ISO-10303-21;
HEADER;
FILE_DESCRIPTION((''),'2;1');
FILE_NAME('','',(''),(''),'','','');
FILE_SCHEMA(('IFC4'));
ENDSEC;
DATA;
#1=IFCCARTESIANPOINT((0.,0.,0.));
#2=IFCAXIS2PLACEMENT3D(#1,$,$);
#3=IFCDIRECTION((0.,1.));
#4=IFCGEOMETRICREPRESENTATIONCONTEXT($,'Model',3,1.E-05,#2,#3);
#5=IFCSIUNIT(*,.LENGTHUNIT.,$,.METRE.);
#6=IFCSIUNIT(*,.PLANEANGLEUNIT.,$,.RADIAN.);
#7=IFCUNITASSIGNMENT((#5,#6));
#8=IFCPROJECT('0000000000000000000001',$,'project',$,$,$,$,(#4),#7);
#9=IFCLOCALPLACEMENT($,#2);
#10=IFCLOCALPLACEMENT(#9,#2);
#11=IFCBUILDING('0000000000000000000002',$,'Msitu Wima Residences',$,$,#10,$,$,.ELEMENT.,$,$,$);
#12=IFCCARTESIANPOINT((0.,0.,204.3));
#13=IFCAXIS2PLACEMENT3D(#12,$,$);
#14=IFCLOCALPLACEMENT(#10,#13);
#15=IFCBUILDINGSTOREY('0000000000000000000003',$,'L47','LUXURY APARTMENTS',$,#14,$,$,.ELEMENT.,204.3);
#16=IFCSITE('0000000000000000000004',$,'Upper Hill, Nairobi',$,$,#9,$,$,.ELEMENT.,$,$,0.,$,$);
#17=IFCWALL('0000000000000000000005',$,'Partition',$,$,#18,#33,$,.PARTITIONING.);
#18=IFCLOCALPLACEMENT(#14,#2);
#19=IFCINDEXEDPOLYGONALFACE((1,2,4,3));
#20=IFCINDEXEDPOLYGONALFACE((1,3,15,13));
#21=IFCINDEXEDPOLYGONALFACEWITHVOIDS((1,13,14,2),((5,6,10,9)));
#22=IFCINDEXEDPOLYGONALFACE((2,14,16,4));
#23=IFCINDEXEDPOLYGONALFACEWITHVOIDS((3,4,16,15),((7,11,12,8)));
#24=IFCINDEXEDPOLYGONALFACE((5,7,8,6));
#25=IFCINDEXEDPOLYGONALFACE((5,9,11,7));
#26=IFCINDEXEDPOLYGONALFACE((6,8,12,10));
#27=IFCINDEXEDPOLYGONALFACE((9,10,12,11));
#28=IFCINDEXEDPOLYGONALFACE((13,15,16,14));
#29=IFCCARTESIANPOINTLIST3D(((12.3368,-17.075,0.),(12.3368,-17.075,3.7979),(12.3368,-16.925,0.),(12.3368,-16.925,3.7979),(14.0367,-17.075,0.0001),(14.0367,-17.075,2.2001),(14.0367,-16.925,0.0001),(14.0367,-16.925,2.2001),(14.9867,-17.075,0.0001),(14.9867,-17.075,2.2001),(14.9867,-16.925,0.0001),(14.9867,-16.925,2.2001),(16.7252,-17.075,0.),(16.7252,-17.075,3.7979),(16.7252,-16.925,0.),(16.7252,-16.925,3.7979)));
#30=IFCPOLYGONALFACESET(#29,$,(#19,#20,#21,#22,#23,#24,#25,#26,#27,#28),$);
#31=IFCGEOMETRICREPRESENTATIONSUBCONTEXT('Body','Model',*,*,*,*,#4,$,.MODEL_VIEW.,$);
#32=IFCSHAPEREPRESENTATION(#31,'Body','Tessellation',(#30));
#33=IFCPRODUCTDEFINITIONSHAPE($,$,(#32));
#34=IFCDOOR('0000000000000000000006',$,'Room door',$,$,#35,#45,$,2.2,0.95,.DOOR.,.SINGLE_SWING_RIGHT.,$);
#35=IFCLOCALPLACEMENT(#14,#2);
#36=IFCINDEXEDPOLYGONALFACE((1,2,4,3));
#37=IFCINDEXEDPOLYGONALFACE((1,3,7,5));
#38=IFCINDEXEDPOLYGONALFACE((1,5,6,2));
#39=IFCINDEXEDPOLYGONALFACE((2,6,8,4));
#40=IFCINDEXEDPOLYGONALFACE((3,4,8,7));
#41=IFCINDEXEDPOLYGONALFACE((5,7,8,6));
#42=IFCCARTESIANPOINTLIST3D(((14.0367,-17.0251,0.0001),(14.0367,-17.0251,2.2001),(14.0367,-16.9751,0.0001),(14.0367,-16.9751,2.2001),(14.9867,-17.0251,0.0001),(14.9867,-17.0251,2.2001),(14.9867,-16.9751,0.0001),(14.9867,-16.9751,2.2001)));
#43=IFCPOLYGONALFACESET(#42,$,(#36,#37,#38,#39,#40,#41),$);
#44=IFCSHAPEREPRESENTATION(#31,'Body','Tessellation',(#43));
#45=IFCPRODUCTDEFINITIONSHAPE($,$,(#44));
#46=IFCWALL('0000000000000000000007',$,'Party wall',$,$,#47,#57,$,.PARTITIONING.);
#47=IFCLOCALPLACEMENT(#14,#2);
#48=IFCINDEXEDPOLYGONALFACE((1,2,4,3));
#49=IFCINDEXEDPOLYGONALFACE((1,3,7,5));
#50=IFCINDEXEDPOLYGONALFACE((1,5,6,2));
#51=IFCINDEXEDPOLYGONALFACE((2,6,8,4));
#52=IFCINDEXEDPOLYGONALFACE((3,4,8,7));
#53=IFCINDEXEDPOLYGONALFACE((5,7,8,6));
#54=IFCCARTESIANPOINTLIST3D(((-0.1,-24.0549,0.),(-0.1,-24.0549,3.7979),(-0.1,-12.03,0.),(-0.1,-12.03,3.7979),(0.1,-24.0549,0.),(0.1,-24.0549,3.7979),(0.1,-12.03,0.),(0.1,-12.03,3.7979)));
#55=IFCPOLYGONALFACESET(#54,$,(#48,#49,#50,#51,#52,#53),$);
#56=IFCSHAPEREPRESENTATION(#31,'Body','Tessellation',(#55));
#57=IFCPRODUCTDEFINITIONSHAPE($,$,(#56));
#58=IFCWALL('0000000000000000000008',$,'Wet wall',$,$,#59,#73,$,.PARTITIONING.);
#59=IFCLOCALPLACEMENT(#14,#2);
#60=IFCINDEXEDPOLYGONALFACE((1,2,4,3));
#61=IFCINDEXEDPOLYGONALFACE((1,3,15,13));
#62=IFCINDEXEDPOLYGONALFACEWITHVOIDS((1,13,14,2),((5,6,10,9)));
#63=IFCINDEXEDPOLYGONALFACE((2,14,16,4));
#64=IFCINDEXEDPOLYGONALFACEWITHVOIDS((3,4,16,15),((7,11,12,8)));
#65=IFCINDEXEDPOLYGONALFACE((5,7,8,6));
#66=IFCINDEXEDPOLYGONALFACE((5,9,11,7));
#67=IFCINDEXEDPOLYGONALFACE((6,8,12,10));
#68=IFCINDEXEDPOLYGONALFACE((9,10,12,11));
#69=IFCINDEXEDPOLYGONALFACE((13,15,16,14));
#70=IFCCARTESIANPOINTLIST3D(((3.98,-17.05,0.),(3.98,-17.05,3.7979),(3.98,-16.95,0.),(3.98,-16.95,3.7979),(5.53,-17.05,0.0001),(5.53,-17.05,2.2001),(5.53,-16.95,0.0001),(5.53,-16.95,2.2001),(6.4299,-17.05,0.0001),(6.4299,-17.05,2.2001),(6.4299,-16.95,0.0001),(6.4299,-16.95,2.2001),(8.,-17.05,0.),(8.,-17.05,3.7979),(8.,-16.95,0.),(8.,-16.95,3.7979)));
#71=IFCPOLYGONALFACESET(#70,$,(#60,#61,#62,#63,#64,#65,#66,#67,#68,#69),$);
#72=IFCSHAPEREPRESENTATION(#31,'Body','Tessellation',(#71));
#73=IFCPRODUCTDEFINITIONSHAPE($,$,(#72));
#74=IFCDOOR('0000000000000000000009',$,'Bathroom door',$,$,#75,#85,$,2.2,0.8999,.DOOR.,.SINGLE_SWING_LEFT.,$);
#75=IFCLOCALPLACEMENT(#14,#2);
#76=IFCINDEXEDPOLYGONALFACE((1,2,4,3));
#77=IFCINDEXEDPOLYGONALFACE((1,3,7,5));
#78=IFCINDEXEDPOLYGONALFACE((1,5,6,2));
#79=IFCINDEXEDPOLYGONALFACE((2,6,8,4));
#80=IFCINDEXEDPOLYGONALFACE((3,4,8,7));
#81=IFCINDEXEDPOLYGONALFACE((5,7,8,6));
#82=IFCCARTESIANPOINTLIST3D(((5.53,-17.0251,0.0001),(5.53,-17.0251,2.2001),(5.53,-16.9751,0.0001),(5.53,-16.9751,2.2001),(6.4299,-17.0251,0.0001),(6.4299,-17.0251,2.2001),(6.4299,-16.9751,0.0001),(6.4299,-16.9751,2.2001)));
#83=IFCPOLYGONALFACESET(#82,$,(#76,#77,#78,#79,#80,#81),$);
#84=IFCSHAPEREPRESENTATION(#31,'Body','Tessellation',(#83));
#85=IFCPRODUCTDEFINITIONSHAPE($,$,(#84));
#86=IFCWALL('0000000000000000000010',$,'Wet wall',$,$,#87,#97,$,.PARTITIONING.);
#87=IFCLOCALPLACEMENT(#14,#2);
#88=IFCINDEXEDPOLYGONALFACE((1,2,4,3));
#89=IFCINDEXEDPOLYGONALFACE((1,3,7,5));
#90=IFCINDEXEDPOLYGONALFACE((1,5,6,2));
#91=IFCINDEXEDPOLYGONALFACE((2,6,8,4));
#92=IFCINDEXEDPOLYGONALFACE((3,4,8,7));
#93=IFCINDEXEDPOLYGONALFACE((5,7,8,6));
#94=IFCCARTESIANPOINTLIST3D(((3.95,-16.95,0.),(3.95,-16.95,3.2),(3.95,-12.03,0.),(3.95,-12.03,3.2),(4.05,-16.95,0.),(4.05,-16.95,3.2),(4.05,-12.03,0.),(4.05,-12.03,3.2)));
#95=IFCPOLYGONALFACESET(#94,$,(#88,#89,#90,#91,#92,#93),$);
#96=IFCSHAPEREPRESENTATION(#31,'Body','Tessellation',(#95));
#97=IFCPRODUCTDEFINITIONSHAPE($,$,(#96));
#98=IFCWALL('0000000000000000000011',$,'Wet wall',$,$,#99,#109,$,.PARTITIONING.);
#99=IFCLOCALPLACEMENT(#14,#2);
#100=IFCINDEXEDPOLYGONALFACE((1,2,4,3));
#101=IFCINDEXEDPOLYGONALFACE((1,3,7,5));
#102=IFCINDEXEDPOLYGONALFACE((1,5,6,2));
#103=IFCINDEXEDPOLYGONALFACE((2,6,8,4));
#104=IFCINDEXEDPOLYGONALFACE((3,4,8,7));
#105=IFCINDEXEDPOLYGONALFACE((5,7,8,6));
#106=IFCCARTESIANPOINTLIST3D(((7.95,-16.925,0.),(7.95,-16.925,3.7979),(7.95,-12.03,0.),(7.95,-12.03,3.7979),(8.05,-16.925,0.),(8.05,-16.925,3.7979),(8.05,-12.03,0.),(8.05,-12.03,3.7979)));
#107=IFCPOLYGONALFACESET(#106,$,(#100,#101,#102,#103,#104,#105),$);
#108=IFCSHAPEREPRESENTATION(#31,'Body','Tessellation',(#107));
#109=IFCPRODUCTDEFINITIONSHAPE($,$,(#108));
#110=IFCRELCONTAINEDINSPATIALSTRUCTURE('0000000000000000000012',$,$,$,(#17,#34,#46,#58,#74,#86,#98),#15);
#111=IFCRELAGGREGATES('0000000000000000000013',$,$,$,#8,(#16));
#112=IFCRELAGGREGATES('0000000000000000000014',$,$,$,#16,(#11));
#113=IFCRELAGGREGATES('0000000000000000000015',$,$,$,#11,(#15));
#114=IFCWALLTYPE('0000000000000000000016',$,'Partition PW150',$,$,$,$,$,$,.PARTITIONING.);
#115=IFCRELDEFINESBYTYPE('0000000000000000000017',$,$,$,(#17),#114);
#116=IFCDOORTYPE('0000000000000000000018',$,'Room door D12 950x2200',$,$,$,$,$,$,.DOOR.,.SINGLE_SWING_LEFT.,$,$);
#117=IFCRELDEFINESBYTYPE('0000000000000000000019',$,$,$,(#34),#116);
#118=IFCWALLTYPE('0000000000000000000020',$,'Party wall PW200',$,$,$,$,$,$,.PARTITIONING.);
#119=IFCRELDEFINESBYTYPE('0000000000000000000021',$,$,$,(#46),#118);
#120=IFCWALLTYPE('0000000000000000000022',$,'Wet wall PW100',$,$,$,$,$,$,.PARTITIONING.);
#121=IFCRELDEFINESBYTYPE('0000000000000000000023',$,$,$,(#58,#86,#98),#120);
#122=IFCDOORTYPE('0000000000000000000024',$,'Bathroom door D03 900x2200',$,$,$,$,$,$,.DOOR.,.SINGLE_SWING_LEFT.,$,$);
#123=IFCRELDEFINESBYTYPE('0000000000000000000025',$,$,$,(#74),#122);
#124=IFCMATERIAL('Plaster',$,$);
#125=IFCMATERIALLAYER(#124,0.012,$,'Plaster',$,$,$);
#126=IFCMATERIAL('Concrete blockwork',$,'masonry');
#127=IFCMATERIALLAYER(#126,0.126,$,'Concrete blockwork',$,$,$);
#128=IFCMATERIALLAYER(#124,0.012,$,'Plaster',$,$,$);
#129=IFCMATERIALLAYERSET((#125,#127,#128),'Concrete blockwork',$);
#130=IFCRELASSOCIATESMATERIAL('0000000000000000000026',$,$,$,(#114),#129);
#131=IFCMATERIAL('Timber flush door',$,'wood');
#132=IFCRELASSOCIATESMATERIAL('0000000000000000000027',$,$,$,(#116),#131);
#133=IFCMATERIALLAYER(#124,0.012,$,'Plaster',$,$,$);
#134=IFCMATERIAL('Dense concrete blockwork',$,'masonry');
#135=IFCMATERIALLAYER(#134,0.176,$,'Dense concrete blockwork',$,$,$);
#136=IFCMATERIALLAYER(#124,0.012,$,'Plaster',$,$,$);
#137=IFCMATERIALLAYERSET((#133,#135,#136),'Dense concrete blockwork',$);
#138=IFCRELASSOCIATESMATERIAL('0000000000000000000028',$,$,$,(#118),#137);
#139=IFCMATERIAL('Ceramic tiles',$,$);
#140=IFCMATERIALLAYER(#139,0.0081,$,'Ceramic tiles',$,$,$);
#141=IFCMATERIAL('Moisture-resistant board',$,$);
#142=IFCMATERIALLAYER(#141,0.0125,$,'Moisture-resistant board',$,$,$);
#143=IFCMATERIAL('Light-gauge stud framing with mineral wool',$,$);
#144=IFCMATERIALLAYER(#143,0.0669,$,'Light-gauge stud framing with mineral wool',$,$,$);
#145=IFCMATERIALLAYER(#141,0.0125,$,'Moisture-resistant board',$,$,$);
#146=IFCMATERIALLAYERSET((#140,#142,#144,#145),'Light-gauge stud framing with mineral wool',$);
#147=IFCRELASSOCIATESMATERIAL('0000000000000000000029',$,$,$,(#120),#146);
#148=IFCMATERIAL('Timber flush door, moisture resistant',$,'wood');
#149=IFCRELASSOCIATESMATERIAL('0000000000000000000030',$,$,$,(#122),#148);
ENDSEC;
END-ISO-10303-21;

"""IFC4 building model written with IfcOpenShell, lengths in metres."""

from ifc_helpers import new_model, si_unit, direction, frame, frame_2d, origin, place, context, subcontext, project, spatial, rectangle, extrude, material, layer, layer_set, type_object, element, fill, save


model = new_model("IFC4")

# Units and contexts
model_context = context("Model", 3, precision=1e-05, world=origin(), true_north=direction((0.0, 1.0)))
body_context = subcontext(model_context, "Body", "Model", "MODEL_VIEW")
ifc_project = project(units=[si_unit("LENGTHUNIT", "METRE"), si_unit("PLANEANGLEUNIT", "RADIAN")], contexts=[model_context])

# Site, building, storey
site_placement = place(None, origin())
site = spatial("IfcSite", under=ifc_project, at=site_placement, Name="Upper Hill, Nairobi", CompositionType="ELEMENT", RefElevation=0.0)
building_placement = place(site_placement, origin())
building = spatial("IfcBuilding", under=site, at=building_placement, Name="Msitu Wima Residences", CompositionType="ELEMENT")
storey_placement = place(building_placement, frame((0.0, 0.0, 204.3)))
storey = spatial("IfcBuildingStorey", under=building, at=storey_placement, Name="L47", Description="LUXURY APARTMENTS", CompositionType="ELEMENT", Elevation=204.3)

# Shared definitions
ifc_material_1 = material(Name="Plaster")
ifc_layer_1 = layer(ifc_material_1, 0.012, Name="Plaster")
ifc_material_2 = material(Name="Concrete blockwork", Category="masonry")
ifc_layer_2 = layer(ifc_material_2, 0.126, Name="Concrete blockwork")
ifc_layer_3 = layer(ifc_material_1, 0.012, Name="Plaster")
ifc_layer_set_1 = layer_set([ifc_layer_1, ifc_layer_2, ifc_layer_3], Name="Concrete blockwork")
wall_type_1 = type_object("IfcWallType", Name="Partition PW150", PredefinedType="PARTITIONING", material=ifc_layer_set_1)
ifc_material_3 = material(Name="Timber flush door", Category="wood")
door_type_1 = type_object("IfcDoorType", Name="Room door D12 950x2200", OperationType="SINGLE_SWING_LEFT", PredefinedType="DOOR", material=ifc_material_3)

# Wall, opening, door
wall_1_placement = place(storey_placement, frame((12.3367, -17.0, 0.0), z_axis=(0.0, 0.0, 1.0), x_axis=(1.0, 0.0, 0.0)))
wall_1 = element("IfcWall", 1, at=wall_1_placement, inside=storey, type_object=wall_type_1, Name="Partition", PredefinedType="PARTITIONING", context=body_context, shape_type="SweptSolid", body=[
    extrude(rectangle(XDim=4.3884, YDim=0.1499, at=frame_2d((2.1943, 0.0))), origin(), (0.0, 0.0, 1.0), 3.7979),
])
opening_1_placement = place(wall_1_placement, frame((1.7, 0.0, 0.0)))
opening_1 = element("IfcOpeningElement", 2, at=opening_1_placement, cuts=wall_1, PredefinedType="OPENING", context=body_context, shape_type="SweptSolid", body=[
    extrude(rectangle(XDim=0.95, YDim=2.2, at=frame_2d((0.4751, 1.1001))), frame((0.0, 0.085, 0.0), z_axis=(0.0, -1.0, 0.0), x_axis=(1.0, 0.0, 0.0)), (0.0, 0.0, 1.0), 0.1699),
])
door_1_placement = place(opening_1_placement, origin())
door_1 = element("IfcDoor", 3, at=door_1_placement, inside=storey, type_object=door_type_1, Name="Room door", OperationType="SINGLE_SWING_RIGHT", OverallHeight=2.2, OverallWidth=0.95, PredefinedType="DOOR", context=body_context, shape_type="SweptSolid", body=[
    extrude(rectangle(XDim=0.95, YDim=2.2, at=frame_2d((0.4751, 1.1001))), frame((0.0, 0.0249, 0.0), z_axis=(0.0, -1.0, 0.0), x_axis=(1.0, 0.0, 0.0)), (0.0, 0.0, 1.0), 0.05),
])
fill(opening_1, door_1)

# Wall
ifc_layer_4 = layer(ifc_material_1, 0.012, Name="Plaster")
ifc_material_4 = material(Name="Dense concrete blockwork", Category="masonry")
ifc_layer_5 = layer(ifc_material_4, 0.176, Name="Dense concrete blockwork")
ifc_layer_6 = layer(ifc_material_1, 0.012, Name="Plaster")
ifc_layer_set_2 = layer_set([ifc_layer_4, ifc_layer_5, ifc_layer_6], Name="Dense concrete blockwork")
wall_type_2 = type_object("IfcWallType", Name="Party wall PW200", PredefinedType="PARTITIONING", material=ifc_layer_set_2)
wall_2_placement = place(storey_placement, frame((0.0, -24.0549, 0.0), z_axis=(0.0, 0.0, 1.0), x_axis=(0.0, 1.0, 0.0)))
element("IfcWall", 4, at=wall_2_placement, inside=storey, type_object=wall_type_2, Name="Party wall", PredefinedType="PARTITIONING", context=body_context, shape_type="SweptSolid", body=[
    extrude(rectangle(XDim=12.0249, YDim=0.2, at=frame_2d((6.0125, 0.0))), origin(), (0.0, 0.0, 1.0), 3.7979),
])

# Wall, opening, door
ifc_material_5 = material(Name="Ceramic tiles")
ifc_layer_7 = layer(ifc_material_5, 0.0081, Name="Ceramic tiles")
ifc_material_6 = material(Name="Moisture-resistant board")
ifc_layer_8 = layer(ifc_material_6, 0.0125, Name="Moisture-resistant board")
ifc_material_7 = material(Name="Light-gauge stud framing with mineral wool")
ifc_layer_9 = layer(ifc_material_7, 0.0669, Name="Light-gauge stud framing with mineral wool")
ifc_layer_10 = layer(ifc_material_6, 0.0125, Name="Moisture-resistant board")
ifc_layer_set_3 = layer_set([ifc_layer_7, ifc_layer_8, ifc_layer_9, ifc_layer_10], Name="Light-gauge stud framing with mineral wool")
wall_type_3 = type_object("IfcWallType", Name="Wet wall PW100", PredefinedType="PARTITIONING", material=ifc_layer_set_3)
wall_3_placement = place(storey_placement, frame((3.98, -17.0, 0.0), z_axis=(0.0, 0.0, 1.0), x_axis=(1.0, 0.0, 0.0)))
wall_3 = element("IfcWall", 5, at=wall_3_placement, inside=storey, type_object=wall_type_3, Name="Wet wall", PredefinedType="PARTITIONING", context=body_context, shape_type="SweptSolid", body=[
    extrude(rectangle(XDim=4.02, YDim=0.1001, at=frame_2d((2.01, 0.0))), origin(), (0.0, 0.0, 1.0), 3.7979),
])
opening_2_placement = place(wall_3_placement, frame((1.55, 0.0, 0.0)))
opening_2 = element("IfcOpeningElement", 6, at=opening_2_placement, cuts=wall_3, PredefinedType="OPENING", context=body_context, shape_type="SweptSolid", body=[
    extrude(rectangle(XDim=0.8999, YDim=2.2, at=frame_2d((0.45, 1.1001))), frame((0.0, 0.0601, 0.0), z_axis=(0.0, -1.0, 0.0), x_axis=(1.0, 0.0, 0.0)), (0.0, 0.0, 1.0), 0.1201),
])
ifc_material_8 = material(Name="Timber flush door, moisture resistant", Category="wood")
door_type_2 = type_object("IfcDoorType", Name="Bathroom door D03 900x2200", OperationType="SINGLE_SWING_LEFT", PredefinedType="DOOR", material=ifc_material_8)
door_2_placement = place(opening_2_placement, origin())
door_2 = element("IfcDoor", 7, at=door_2_placement, inside=storey, type_object=door_type_2, Name="Bathroom door", OperationType="SINGLE_SWING_LEFT", OverallHeight=2.2, OverallWidth=0.8999, PredefinedType="DOOR", context=body_context, shape_type="SweptSolid", body=[
    extrude(rectangle(XDim=0.8999, YDim=2.2, at=frame_2d((0.45, 1.1001))), frame((0.0, 0.0249, 0.0), z_axis=(0.0, -1.0, 0.0), x_axis=(1.0, 0.0, 0.0)), (0.0, 0.0, 1.0), 0.05),
])
fill(opening_2, door_2)

# Walls
wall_4_placement = place(storey_placement, frame((4.0, -16.95, 0.0), z_axis=(0.0, 0.0, 1.0), x_axis=(0.0, 1.0, 0.0)))
element("IfcWall", 8, at=wall_4_placement, inside=storey, type_object=wall_type_3, Name="Wet wall", PredefinedType="PARTITIONING", context=body_context, shape_type="SweptSolid", body=[
    extrude(rectangle(XDim=4.9199, YDim=0.1001, at=frame_2d((2.46, 0.0))), origin(), (0.0, 0.0, 1.0), 3.2),
])
wall_5_placement = place(storey_placement, frame((8.0, -16.925, 0.0), z_axis=(0.0, 0.0, 1.0), x_axis=(0.0, 1.0, 0.0)))
element("IfcWall", 9, at=wall_5_placement, inside=storey, type_object=wall_type_3, Name="Wet wall", PredefinedType="PARTITIONING", context=body_context, shape_type="SweptSolid", body=[
    extrude(rectangle(XDim=4.895, YDim=0.1001, at=frame_2d((2.4475, 0.0))), origin(), (0.0, 0.0, 1.0), 3.7979),
])

save(model, "model.ifc")
